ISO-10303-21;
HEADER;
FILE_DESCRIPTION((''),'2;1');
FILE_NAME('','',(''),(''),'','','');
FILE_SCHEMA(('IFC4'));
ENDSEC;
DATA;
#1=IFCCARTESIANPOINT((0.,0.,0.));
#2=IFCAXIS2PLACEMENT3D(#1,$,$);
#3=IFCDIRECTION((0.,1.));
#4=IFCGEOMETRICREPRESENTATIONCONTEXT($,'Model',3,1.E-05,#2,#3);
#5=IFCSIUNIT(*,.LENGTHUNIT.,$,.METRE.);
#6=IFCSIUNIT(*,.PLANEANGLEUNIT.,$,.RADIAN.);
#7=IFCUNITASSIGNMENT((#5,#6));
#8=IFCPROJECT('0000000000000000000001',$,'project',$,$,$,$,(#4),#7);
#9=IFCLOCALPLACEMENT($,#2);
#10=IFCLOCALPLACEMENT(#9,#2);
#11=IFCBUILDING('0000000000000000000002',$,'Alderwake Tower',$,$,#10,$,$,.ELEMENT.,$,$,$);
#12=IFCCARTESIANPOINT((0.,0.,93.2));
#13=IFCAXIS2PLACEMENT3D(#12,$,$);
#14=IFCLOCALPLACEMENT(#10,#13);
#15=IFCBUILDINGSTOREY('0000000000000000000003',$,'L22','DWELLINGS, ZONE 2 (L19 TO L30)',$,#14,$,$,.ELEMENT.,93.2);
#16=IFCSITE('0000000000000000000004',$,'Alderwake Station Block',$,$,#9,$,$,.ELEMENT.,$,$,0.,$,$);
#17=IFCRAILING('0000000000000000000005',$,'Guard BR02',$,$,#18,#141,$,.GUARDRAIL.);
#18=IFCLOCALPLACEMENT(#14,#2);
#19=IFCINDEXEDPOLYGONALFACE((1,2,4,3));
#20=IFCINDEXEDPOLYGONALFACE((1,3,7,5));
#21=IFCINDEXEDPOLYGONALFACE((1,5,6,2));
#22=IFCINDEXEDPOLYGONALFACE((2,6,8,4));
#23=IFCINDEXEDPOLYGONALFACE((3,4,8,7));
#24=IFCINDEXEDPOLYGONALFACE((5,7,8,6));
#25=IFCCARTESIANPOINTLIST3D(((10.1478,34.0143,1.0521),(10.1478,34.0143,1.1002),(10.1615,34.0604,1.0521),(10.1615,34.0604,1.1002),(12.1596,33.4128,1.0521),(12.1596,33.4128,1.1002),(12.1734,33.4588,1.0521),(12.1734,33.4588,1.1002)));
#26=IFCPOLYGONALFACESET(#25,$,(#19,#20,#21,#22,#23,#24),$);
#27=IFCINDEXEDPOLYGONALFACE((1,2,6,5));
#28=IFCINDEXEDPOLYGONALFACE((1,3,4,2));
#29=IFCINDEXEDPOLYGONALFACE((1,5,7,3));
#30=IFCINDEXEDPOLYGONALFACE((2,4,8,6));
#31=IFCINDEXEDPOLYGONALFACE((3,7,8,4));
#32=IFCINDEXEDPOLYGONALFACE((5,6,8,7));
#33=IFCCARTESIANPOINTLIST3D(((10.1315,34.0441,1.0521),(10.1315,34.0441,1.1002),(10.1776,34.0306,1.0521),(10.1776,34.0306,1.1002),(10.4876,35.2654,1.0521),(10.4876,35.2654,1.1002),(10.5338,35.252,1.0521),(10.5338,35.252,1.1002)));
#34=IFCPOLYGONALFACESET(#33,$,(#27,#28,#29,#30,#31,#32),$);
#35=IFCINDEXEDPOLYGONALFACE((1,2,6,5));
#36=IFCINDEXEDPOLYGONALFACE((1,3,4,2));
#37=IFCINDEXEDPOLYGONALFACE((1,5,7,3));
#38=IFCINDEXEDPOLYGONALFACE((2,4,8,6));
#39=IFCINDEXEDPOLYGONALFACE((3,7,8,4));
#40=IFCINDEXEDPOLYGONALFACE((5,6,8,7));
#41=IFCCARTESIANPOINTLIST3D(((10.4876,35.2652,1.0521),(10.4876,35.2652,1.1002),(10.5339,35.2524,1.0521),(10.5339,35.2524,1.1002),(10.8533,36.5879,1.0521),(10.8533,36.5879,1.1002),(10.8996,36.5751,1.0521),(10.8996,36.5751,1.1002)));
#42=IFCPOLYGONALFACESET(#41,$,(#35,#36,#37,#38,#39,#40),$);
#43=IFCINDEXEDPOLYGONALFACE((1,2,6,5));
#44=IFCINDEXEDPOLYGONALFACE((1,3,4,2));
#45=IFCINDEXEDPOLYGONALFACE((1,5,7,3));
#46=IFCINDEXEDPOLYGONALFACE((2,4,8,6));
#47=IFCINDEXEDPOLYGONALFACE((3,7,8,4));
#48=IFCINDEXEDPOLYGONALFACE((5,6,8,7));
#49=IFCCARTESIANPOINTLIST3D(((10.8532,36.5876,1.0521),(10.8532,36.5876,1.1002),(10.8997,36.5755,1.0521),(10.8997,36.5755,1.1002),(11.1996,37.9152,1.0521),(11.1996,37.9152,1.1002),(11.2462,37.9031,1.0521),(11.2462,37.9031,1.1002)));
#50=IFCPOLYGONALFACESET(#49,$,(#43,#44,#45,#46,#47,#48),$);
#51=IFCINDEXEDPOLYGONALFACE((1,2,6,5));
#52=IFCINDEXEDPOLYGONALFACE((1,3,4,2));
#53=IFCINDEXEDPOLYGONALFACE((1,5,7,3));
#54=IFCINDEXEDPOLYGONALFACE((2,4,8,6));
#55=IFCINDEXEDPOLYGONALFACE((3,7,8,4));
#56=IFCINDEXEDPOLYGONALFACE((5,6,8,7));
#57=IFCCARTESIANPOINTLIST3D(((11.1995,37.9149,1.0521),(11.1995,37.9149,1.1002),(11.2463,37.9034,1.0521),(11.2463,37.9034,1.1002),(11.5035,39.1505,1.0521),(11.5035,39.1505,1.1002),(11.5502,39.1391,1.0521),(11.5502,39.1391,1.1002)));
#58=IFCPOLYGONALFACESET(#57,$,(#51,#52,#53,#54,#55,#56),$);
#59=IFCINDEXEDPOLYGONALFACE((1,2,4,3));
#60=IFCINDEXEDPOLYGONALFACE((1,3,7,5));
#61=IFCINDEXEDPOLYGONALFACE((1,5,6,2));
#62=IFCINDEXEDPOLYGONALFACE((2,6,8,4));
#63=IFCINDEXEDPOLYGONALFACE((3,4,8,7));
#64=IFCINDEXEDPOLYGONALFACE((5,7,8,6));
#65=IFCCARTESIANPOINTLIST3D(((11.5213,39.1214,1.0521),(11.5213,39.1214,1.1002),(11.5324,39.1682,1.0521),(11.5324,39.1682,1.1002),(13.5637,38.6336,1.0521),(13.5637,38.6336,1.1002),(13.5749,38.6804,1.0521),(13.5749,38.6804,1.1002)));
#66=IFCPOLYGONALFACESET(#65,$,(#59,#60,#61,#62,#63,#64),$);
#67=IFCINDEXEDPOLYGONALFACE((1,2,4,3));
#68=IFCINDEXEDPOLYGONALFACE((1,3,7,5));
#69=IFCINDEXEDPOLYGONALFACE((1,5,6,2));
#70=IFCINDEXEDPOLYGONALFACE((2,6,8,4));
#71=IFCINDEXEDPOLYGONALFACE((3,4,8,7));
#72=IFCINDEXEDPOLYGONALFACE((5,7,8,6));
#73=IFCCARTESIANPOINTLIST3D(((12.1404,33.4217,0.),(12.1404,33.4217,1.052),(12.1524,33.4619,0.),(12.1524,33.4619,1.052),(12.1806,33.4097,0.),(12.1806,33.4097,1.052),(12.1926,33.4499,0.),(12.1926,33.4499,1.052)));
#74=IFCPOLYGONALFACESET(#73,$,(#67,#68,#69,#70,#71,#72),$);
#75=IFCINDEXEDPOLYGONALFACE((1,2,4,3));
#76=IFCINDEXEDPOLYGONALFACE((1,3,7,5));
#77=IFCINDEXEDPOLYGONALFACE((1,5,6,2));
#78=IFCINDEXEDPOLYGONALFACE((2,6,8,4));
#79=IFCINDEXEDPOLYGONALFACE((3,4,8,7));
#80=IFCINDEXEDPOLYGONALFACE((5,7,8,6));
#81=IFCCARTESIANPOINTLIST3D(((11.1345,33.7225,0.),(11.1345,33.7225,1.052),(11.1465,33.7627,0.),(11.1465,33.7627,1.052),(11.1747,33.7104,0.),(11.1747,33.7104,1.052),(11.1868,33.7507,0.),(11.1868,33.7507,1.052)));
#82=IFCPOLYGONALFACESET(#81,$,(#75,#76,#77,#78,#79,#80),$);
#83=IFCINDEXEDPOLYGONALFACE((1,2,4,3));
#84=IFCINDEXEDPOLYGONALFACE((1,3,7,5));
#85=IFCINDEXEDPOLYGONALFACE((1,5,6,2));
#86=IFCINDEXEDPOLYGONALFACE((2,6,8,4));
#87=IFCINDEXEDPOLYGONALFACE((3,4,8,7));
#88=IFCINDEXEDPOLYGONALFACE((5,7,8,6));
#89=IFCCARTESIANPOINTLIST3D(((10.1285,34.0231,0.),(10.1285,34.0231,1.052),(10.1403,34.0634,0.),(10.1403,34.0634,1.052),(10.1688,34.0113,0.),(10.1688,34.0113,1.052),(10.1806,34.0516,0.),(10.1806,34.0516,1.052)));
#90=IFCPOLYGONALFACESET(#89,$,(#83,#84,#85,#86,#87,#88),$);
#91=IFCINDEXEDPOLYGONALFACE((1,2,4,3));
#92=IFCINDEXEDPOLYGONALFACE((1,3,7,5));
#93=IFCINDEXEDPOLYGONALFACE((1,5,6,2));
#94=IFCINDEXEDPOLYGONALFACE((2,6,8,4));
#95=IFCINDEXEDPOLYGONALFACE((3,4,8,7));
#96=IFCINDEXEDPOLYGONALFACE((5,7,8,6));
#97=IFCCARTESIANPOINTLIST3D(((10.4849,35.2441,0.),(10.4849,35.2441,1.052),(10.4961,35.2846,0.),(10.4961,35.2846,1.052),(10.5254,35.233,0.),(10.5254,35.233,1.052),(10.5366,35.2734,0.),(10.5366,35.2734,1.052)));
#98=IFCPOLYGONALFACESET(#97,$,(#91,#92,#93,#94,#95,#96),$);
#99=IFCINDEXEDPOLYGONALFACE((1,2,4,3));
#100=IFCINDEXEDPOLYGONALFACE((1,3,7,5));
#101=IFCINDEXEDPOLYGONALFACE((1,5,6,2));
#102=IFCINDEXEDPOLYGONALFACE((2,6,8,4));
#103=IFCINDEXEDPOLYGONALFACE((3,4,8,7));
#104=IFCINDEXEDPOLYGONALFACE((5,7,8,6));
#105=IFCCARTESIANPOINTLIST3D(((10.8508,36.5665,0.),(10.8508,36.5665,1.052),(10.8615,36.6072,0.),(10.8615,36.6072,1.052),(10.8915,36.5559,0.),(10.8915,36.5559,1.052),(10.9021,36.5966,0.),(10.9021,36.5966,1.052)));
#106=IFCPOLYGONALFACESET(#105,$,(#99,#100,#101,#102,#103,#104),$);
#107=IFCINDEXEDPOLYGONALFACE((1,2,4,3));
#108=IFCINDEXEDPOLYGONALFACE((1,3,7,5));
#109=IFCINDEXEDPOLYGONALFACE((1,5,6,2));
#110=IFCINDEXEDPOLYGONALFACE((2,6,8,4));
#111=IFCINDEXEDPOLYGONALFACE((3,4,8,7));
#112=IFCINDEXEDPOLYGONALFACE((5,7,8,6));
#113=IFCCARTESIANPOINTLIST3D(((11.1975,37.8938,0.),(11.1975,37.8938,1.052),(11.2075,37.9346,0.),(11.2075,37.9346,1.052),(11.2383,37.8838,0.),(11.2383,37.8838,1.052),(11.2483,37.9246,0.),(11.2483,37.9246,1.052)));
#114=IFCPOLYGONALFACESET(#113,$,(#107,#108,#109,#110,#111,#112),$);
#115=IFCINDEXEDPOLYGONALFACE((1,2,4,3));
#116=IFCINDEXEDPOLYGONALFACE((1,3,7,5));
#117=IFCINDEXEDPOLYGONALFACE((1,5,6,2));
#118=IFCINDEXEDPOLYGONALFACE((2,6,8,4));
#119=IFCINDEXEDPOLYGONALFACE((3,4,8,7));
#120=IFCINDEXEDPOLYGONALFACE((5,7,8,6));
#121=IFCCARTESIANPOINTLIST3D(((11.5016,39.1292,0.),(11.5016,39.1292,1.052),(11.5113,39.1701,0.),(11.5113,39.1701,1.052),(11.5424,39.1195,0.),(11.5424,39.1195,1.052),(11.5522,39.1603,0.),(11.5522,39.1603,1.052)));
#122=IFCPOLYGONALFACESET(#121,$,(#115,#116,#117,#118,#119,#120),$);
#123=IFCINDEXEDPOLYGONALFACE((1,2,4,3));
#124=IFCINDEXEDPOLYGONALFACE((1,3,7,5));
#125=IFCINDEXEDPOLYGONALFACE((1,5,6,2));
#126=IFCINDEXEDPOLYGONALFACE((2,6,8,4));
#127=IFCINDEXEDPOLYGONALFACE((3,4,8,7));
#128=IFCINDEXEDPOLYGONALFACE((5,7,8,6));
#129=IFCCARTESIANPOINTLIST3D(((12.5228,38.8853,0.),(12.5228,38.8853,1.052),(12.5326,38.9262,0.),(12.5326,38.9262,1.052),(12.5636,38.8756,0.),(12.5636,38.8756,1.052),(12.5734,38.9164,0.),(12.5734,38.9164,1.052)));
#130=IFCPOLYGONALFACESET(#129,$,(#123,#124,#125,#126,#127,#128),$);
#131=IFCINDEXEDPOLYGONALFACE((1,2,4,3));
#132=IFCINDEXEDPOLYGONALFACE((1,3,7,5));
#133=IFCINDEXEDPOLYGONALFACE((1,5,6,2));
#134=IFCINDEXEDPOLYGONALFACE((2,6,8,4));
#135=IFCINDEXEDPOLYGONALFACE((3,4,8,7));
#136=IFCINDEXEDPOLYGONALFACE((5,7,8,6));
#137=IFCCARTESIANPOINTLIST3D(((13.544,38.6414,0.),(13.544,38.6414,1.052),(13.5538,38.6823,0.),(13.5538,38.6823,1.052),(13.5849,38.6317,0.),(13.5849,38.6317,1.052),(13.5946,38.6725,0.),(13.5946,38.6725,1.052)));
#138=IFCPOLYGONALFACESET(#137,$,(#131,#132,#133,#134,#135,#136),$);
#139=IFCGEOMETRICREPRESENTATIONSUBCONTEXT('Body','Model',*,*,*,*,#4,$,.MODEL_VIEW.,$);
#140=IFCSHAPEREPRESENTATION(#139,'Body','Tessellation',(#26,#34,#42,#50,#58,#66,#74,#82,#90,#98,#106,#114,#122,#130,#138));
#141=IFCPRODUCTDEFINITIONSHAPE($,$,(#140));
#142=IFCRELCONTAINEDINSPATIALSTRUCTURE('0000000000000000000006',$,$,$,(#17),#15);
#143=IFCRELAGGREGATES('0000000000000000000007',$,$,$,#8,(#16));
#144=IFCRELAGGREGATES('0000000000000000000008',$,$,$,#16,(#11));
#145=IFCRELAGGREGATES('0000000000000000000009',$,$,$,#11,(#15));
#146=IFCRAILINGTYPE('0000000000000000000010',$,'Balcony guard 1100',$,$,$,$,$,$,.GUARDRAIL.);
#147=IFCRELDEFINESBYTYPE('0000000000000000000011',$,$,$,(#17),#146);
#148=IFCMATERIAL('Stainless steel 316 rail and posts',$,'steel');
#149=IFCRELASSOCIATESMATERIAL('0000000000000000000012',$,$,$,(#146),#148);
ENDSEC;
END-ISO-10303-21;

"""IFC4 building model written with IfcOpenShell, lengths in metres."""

from ifc_helpers import new_model, si_unit, direction, frame, origin, origin_2d, place, context, subcontext, project, spatial, rectangle, extrude, material, type_object, element, save


model = new_model("IFC4")

# Units and contexts
model_context = context("Model", 3, precision=1e-05, world=origin(), true_north=direction((0.0, 1.0)))
body_context = subcontext(model_context, "Body", "Model", "MODEL_VIEW")
ifc_project = project(units=[si_unit("LENGTHUNIT", "METRE"), si_unit("PLANEANGLEUNIT", "RADIAN")], contexts=[model_context])

# Site, building, storey
site_placement = place(None, origin())
site = spatial("IfcSite", under=ifc_project, at=site_placement, Name="Alderwake Station Block", CompositionType="ELEMENT", RefElevation=0.0)
building_placement = place(site_placement, origin())
building = spatial("IfcBuilding", under=site, at=building_placement, Name="Alderwake Tower", CompositionType="ELEMENT")
storey_placement = place(building_placement, frame((0.0, 0.0, 93.2)))
storey = spatial("IfcBuildingStorey", under=building, at=storey_placement, Name="L22", Description="DWELLINGS, ZONE 2 (L19 TO L30)", CompositionType="ELEMENT", Elevation=93.2)

# Railing
ifc_material_1 = material(Name="Stainless steel 316 rail and posts", Category="steel")
railing_type = type_object("IfcRailingType", Name="Balcony guard 1100", PredefinedType="GUARDRAIL", material=ifc_material_1)
railing_1_placement = place(storey_placement, frame((12.1665, 33.4358, 0.0)))
element("IfcRailing", 1, at=railing_1_placement, inside=storey, type_object=railing_type, Name="Guard BR02", PredefinedType="GUARDRAIL", context=body_context, shape_type="SweptSolid", body=[
    extrude(rectangle(XDim=0.0481, YDim=0.0481, at=origin_2d()), frame((0.0, 0.0, 1.0762), z_axis=(-0.958091, 0.286462, 0.0), x_axis=(-0.286462, -0.958091, 0.0)), (0.0, 0.0, 1.0), 2.0999),
    extrude(rectangle(XDim=0.0481, YDim=0.0481, at=origin_2d()), frame((-2.012, 0.6016, 1.0762), z_axis=(0.279963, 0.960011, 0.0), x_axis=(-0.960011, 0.279963, 0.0)), (0.0, 0.0, 1.0), 1.2722),
    extrude(rectangle(XDim=0.0481, YDim=0.0481, at=origin_2d()), frame((-1.6558, 1.823, 1.0762), z_axis=(0.266488, 0.963838, 0.0), x_axis=(-0.963838, 0.266488, 0.0)), (0.0, 0.0, 1.0), 1.3723),
    extrude(rectangle(XDim=0.0481, YDim=0.0481, at=origin_2d()), frame((-1.29, 3.1458, 1.0762), z_axis=(0.252487, 0.9676, 0.0), x_axis=(-0.9676, 0.252487, 0.0)), (0.0, 0.0, 1.0), 1.3721),
    extrude(rectangle(XDim=0.0481, YDim=0.0481, at=origin_2d()), frame((-0.9436, 4.4734, 1.0762), z_axis=(0.238877, 0.97105, 0.0), x_axis=(-0.97105, 0.238877, 0.0)), (0.0, 0.0, 1.0), 1.2725),
    extrude(rectangle(XDim=0.0481, YDim=0.0481, at=origin_2d()), frame((-0.6396, 5.709, 1.0762), z_axis=(0.972646, -0.232291, 0.0), x_axis=(0.232291, 0.972646, 0.0)), (0.0, 0.0, 1.0), 2.0999),
    extrude(rectangle(XDim=0.042, YDim=0.042, at=origin_2d()), frame((0.0, 0.0, 0.0), z_axis=(0.0, 0.0, 1.0), x_axis=(-0.958091, 0.286462, 0.0)), (0.0, 0.0, 1.0), 1.052),
    extrude(rectangle(XDim=0.042, YDim=0.042, at=origin_2d()), frame((-1.0059, 0.3008, 0.0), z_axis=(0.0, 0.0, 1.0), x_axis=(-0.958091, 0.286462, 0.0)), (0.0, 0.0, 1.0), 1.052),
    extrude(rectangle(XDim=0.042, YDim=0.042, at=origin_2d()), frame((-2.012, 0.6016, 0.0), z_axis=(0.0, 0.0, 1.0), x_axis=(0.279963, 0.960011, 0.0)), (0.0, 0.0, 1.0), 1.052),
    extrude(rectangle(XDim=0.042, YDim=0.042, at=origin_2d()), frame((-1.6558, 1.823, 0.0), z_axis=(0.0, 0.0, 1.0), x_axis=(0.266488, 0.963838, 0.0)), (0.0, 0.0, 1.0), 1.052),
    extrude(rectangle(XDim=0.042, YDim=0.042, at=origin_2d()), frame((-1.29, 3.1458, 0.0), z_axis=(0.0, 0.0, 1.0), x_axis=(0.252487, 0.9676, 0.0)), (0.0, 0.0, 1.0), 1.052),
    extrude(rectangle(XDim=0.042, YDim=0.042, at=origin_2d()), frame((-0.9436, 4.4734, 0.0), z_axis=(0.0, 0.0, 1.0), x_axis=(0.238877, 0.97105, 0.0)), (0.0, 0.0, 1.0), 1.052),
    extrude(rectangle(XDim=0.042, YDim=0.042, at=origin_2d()), frame((-0.6396, 5.709, 0.0), z_axis=(0.0, 0.0, 1.0), x_axis=(0.972646, -0.232291, 0.0)), (0.0, 0.0, 1.0), 1.052),
    extrude(rectangle(XDim=0.042, YDim=0.042, at=origin_2d()), frame((0.3816, 5.4651, 0.0), z_axis=(0.0, 0.0, 1.0), x_axis=(0.972646, -0.232291, 0.0)), (0.0, 0.0, 1.0), 1.052),
    extrude(rectangle(XDim=0.042, YDim=0.042, at=origin_2d()), frame((1.4028, 5.2212, 0.0), z_axis=(0.0, 0.0, 1.0), x_axis=(0.972646, -0.232291, 0.0)), (0.0, 0.0, 1.0), 1.052),
])

save(model, "model.ifc")
